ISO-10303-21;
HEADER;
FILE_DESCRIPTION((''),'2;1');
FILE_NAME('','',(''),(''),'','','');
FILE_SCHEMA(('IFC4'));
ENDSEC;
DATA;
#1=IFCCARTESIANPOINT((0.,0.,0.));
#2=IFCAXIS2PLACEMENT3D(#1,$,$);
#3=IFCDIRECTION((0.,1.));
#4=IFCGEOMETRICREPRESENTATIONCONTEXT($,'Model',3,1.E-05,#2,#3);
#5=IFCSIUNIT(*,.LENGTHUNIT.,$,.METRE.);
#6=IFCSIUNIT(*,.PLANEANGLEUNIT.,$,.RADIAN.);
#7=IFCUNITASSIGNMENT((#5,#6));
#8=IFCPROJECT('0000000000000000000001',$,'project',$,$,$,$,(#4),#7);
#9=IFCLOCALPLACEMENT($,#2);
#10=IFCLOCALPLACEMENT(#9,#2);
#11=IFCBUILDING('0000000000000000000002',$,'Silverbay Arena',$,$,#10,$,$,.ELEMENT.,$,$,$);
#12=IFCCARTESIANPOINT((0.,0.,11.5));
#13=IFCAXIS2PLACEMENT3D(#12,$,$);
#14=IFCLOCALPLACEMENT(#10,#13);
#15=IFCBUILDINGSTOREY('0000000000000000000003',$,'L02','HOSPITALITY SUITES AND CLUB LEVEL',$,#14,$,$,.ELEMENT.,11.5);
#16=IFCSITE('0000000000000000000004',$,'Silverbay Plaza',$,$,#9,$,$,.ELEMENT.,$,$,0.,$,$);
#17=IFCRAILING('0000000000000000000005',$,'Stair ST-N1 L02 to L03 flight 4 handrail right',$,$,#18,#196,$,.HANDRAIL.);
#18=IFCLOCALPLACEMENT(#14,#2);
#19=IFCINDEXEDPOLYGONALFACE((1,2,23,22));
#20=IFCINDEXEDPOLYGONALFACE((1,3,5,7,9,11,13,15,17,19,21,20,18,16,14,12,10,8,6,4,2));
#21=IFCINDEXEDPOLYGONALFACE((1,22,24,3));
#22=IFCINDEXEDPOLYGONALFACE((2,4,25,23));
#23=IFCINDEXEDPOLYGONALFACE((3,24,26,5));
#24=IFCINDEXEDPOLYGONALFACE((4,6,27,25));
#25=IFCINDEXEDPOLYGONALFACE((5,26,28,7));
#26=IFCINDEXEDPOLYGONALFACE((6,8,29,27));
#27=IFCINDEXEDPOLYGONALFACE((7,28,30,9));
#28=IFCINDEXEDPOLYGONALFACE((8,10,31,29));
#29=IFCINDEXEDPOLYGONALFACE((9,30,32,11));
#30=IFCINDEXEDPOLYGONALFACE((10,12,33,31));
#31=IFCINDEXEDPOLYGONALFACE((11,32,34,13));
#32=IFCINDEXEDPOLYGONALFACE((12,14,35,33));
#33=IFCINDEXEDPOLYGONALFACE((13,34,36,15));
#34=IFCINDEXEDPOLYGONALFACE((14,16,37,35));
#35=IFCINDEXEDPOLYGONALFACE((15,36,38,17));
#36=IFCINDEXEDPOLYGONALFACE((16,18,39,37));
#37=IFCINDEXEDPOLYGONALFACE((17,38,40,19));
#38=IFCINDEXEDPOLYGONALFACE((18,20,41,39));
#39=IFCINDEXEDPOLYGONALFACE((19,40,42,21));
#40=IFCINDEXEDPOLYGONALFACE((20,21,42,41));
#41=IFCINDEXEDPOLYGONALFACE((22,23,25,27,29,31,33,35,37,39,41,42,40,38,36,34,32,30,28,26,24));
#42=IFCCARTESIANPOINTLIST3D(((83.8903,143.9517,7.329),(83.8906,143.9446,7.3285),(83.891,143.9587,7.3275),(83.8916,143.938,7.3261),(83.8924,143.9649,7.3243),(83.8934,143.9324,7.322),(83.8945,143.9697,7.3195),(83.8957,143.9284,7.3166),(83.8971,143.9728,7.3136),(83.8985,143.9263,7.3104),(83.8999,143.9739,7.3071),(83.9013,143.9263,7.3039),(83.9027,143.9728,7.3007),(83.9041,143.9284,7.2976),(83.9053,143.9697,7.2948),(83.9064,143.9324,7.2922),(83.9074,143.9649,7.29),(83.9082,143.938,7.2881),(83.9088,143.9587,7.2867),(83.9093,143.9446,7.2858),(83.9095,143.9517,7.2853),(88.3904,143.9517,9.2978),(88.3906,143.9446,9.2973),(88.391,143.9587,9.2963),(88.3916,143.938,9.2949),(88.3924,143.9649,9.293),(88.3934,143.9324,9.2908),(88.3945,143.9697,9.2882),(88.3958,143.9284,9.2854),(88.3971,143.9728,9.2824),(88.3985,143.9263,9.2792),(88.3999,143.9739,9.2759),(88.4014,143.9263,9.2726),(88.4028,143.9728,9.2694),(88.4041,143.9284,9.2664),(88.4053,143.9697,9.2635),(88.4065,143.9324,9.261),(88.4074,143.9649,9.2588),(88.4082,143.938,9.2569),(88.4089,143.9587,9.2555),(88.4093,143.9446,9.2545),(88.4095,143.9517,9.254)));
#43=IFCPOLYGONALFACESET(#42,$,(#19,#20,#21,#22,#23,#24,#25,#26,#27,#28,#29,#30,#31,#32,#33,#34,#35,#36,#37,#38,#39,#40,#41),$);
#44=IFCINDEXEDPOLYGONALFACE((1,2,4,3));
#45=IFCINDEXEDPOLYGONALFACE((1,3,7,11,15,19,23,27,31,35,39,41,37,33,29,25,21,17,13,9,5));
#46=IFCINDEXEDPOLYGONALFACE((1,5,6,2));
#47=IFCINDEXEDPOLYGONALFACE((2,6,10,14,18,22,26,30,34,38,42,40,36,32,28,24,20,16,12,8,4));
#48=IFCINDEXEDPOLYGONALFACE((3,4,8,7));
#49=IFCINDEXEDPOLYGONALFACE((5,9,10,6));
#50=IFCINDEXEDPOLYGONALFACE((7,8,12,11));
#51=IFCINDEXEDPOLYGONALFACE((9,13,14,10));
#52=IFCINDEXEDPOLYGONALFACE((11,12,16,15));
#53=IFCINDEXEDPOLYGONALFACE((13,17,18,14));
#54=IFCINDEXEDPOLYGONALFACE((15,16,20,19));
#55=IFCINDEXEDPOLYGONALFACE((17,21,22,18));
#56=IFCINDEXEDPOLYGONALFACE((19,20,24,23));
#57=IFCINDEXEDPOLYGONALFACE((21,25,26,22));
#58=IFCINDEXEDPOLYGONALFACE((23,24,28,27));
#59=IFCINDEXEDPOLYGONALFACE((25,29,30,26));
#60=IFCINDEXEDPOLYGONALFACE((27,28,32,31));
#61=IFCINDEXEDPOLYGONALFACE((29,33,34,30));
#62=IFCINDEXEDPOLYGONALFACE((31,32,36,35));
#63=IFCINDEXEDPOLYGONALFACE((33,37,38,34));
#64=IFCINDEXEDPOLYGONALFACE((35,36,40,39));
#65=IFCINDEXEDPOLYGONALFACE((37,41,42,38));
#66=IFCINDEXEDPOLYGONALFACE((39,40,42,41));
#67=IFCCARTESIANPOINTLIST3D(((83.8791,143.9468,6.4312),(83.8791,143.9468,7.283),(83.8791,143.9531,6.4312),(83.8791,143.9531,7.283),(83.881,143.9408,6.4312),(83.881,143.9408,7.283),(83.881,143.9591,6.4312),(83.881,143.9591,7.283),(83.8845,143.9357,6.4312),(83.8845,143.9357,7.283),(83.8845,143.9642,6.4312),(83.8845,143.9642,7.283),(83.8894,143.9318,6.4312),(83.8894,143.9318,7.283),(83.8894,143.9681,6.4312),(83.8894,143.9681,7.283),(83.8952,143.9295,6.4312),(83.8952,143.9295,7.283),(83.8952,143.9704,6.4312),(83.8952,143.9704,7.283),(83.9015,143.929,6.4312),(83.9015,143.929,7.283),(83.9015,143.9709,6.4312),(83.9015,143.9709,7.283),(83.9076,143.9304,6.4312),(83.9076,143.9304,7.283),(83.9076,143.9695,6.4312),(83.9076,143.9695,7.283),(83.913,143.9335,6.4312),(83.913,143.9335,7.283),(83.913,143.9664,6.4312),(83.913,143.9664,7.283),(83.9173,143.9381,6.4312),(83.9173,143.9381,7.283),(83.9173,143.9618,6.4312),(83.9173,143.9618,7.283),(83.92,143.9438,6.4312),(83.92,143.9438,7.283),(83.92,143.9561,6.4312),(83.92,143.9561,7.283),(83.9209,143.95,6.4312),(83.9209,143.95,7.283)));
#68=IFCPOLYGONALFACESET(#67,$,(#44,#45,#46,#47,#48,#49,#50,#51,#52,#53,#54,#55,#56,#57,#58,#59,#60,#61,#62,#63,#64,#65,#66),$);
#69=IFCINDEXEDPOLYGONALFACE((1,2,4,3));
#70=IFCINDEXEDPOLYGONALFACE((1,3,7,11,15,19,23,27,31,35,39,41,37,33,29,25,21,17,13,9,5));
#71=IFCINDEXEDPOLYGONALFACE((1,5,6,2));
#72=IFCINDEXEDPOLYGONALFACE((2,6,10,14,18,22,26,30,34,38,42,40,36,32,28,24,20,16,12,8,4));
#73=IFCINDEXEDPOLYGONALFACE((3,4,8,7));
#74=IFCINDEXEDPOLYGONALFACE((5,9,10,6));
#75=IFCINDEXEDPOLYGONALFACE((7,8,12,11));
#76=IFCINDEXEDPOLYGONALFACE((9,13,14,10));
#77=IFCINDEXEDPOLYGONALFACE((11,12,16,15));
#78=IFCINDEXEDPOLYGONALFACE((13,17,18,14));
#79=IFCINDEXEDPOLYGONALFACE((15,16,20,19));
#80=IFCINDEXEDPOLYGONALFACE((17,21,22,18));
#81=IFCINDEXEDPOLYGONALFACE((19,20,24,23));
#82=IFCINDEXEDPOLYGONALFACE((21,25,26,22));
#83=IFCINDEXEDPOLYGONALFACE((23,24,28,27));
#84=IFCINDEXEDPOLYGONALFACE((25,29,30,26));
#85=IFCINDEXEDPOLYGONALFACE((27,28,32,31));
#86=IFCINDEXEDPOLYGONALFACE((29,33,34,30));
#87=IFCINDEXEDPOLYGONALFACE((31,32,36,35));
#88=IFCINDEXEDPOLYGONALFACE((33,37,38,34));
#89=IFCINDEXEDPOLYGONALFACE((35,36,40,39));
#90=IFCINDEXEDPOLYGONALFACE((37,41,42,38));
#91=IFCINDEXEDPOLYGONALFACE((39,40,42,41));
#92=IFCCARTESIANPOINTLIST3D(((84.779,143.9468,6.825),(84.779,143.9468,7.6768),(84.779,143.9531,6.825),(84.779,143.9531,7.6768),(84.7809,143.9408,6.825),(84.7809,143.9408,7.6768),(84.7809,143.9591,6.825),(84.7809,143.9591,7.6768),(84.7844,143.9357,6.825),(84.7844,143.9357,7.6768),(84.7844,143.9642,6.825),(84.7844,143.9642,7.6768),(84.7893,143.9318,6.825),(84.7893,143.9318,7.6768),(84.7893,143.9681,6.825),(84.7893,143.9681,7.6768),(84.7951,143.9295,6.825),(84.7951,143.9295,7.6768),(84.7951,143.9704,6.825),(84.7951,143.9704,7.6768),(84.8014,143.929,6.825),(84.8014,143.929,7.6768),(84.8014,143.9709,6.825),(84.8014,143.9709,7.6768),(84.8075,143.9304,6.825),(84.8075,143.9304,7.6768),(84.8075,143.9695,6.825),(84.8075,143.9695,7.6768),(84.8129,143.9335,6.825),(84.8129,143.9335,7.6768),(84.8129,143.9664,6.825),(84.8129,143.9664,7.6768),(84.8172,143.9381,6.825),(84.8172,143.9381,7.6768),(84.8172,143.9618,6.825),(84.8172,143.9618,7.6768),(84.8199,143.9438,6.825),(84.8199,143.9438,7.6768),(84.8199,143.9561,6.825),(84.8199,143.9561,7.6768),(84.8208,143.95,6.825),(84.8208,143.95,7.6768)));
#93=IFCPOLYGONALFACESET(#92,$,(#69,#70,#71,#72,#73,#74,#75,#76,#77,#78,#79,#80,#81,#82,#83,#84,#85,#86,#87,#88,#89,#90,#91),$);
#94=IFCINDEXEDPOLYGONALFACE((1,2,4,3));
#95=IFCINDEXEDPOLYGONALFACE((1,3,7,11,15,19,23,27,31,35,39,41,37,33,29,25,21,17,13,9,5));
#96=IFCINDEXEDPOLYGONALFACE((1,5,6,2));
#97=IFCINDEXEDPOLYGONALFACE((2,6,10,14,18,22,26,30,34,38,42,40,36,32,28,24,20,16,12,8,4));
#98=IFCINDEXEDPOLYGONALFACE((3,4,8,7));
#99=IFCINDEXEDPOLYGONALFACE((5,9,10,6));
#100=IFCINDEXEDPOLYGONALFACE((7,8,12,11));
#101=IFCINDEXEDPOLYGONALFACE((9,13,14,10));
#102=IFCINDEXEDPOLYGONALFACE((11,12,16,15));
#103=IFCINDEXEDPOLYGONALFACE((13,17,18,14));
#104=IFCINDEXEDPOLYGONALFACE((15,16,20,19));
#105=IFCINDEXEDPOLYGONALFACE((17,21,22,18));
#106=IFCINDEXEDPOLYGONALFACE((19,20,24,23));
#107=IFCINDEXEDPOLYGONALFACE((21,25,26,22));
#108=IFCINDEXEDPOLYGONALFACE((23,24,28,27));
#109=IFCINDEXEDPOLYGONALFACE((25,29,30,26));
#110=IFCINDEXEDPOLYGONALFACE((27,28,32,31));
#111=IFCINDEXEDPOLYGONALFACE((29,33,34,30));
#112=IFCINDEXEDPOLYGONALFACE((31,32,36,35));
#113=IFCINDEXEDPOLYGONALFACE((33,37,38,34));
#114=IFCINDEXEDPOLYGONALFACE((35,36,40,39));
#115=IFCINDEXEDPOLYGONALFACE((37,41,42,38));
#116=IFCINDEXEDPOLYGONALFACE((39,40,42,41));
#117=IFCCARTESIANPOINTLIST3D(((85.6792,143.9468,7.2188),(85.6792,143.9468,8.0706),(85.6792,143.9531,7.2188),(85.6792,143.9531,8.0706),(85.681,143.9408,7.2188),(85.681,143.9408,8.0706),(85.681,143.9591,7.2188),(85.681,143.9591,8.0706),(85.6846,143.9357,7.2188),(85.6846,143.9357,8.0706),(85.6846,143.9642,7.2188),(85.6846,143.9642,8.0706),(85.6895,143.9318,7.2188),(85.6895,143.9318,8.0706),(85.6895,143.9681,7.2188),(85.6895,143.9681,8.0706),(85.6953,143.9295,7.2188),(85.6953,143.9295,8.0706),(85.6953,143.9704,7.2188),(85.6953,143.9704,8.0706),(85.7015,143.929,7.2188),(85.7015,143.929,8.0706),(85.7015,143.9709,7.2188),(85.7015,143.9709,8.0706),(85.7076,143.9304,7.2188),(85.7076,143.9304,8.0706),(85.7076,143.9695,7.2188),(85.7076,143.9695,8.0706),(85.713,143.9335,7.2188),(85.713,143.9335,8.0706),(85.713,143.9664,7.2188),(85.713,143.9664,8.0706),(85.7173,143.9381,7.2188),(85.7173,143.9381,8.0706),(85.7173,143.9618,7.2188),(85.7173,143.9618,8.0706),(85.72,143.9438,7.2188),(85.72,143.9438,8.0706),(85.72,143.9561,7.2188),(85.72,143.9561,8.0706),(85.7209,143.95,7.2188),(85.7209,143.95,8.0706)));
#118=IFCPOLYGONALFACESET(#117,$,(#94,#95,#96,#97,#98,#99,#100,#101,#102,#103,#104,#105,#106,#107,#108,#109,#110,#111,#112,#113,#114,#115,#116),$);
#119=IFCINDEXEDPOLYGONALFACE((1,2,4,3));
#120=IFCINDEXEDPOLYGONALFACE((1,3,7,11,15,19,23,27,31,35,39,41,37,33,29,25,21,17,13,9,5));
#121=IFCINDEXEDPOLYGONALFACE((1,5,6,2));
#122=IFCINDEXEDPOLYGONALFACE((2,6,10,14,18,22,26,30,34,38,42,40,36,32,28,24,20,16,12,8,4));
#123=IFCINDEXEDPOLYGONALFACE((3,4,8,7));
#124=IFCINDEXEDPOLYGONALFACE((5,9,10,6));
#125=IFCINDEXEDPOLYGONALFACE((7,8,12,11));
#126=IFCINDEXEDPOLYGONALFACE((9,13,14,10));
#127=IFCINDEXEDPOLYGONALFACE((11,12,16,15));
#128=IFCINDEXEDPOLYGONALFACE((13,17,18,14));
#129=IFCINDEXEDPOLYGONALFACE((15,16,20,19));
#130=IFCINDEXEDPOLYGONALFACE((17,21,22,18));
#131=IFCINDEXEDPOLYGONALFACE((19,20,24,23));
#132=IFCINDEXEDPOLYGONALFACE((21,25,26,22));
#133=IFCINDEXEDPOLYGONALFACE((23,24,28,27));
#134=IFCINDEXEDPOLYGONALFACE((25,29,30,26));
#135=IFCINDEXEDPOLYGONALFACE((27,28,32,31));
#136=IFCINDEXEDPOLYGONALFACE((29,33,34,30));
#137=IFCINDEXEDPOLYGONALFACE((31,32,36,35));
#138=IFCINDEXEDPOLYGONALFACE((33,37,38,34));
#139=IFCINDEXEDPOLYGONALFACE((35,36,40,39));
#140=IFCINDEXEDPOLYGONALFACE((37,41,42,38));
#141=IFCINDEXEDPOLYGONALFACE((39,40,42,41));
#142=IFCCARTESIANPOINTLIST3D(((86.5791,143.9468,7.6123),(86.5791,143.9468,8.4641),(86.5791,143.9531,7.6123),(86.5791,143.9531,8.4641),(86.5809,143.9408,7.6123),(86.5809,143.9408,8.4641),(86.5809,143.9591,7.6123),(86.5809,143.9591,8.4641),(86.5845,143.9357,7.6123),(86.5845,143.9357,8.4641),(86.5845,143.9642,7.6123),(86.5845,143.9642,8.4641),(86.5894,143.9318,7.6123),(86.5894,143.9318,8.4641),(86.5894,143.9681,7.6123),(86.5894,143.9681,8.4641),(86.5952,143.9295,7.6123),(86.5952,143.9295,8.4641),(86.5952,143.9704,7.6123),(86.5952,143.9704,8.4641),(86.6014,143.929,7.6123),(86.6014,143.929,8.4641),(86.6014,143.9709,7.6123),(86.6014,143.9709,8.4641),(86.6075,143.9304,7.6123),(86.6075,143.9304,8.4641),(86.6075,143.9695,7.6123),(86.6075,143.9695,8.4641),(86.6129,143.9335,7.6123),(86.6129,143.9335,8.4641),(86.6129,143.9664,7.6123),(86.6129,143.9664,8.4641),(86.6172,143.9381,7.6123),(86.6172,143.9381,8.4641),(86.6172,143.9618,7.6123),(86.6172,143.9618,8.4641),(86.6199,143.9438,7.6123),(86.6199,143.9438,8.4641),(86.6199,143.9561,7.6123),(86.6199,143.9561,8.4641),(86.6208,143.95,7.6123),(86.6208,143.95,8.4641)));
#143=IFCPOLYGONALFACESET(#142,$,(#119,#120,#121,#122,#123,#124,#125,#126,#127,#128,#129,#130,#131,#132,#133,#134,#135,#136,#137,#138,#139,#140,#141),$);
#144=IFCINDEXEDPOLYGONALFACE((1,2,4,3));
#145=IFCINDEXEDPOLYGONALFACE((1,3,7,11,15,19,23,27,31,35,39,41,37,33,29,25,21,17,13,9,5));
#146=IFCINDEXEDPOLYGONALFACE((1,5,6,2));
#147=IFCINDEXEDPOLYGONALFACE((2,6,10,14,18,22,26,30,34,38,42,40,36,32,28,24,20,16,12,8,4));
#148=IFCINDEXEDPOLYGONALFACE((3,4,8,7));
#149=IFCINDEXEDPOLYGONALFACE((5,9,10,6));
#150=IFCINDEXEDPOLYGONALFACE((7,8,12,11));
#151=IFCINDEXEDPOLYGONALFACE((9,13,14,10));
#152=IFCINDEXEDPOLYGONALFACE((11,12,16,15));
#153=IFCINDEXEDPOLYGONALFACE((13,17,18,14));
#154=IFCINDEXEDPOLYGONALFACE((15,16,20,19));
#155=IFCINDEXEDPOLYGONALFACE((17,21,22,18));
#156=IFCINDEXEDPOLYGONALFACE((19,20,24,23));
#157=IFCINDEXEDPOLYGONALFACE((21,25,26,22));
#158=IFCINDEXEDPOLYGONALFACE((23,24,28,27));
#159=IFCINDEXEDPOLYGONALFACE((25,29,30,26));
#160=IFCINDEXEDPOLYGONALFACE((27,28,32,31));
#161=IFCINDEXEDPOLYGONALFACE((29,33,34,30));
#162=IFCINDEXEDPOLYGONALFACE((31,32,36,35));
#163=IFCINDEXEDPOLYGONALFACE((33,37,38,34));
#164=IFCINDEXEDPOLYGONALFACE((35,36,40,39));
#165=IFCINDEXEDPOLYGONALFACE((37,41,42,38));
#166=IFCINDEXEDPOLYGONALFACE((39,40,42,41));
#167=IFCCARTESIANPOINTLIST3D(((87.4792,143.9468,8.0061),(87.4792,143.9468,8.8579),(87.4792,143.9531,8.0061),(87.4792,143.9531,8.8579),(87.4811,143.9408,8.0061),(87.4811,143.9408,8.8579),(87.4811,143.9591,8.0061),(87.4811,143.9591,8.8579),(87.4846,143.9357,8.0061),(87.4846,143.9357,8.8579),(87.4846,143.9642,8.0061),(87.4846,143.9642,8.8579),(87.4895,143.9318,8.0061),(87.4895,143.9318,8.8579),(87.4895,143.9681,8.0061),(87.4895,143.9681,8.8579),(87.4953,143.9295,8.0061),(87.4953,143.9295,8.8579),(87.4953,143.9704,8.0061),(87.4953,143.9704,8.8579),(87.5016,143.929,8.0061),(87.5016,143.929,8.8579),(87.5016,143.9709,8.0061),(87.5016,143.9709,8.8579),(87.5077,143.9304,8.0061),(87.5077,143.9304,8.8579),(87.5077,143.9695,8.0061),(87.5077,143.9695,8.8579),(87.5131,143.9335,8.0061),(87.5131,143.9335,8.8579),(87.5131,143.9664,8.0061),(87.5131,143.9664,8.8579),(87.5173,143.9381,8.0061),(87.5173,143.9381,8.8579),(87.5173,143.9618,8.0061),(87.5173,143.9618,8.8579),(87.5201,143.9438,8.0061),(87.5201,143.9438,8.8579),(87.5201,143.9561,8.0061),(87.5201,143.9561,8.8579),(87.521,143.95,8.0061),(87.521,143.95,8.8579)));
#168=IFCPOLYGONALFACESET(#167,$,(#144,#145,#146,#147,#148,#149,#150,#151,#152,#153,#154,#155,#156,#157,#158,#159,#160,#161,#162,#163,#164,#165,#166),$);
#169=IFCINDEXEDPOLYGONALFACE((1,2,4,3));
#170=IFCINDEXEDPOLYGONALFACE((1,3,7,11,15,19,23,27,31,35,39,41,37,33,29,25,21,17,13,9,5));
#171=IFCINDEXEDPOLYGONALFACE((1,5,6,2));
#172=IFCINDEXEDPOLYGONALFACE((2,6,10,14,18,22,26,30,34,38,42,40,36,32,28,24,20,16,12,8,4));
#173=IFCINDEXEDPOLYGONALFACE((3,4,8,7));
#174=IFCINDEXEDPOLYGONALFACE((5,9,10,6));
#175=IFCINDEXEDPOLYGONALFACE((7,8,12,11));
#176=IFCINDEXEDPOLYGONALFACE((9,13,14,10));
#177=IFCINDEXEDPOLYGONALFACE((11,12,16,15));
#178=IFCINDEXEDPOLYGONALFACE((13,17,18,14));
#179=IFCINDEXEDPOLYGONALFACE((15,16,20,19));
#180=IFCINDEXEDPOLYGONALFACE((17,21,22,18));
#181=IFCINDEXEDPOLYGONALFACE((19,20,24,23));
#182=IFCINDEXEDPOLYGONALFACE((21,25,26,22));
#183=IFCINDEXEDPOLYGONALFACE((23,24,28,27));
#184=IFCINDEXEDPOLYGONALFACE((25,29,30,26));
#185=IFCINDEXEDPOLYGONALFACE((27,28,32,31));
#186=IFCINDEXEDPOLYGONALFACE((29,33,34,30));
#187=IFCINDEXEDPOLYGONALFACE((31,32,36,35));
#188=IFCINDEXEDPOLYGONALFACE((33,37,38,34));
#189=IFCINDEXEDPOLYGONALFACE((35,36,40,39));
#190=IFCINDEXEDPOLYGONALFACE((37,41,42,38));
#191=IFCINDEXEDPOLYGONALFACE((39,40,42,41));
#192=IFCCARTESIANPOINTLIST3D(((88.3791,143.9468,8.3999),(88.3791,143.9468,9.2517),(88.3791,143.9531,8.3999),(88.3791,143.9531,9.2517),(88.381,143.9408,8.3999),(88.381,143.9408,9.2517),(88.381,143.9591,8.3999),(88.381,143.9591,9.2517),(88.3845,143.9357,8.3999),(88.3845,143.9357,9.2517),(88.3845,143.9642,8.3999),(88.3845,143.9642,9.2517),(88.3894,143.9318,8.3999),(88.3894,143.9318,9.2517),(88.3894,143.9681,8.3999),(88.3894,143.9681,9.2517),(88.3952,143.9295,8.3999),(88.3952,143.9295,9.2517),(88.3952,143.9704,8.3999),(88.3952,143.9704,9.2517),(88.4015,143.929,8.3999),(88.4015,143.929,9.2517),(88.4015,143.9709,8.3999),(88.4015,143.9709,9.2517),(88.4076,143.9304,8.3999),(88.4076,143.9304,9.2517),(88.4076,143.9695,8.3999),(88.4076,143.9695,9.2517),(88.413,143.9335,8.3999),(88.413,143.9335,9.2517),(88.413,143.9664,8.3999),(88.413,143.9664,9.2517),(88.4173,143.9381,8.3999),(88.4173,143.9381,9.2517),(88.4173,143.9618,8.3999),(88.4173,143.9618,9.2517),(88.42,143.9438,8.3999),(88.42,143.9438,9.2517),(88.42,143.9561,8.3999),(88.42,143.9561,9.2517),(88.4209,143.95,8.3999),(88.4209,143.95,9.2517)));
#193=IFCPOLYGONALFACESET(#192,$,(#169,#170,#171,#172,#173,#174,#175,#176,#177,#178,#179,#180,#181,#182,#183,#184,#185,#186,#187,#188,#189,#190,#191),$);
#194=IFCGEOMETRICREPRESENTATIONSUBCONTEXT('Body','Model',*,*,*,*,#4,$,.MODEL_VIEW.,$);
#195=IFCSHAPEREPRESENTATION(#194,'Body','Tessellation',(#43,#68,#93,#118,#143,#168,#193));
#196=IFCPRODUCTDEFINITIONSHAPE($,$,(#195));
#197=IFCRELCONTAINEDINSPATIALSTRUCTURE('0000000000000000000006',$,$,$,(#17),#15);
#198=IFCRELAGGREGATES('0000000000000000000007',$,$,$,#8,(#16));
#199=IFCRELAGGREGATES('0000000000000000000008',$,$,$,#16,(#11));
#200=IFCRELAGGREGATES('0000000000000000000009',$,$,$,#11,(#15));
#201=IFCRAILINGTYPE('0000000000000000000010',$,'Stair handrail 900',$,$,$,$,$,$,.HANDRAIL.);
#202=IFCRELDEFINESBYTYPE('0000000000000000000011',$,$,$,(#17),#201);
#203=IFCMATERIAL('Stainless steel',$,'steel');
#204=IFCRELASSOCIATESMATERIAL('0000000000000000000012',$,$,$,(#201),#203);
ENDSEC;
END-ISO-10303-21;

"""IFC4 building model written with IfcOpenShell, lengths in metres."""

from ifc_helpers import new_model, si_unit, direction, frame, origin, origin_2d, place, context, subcontext, project, spatial, circle, extrude, material, type_object, element, save


model = new_model("IFC4")

# Units and contexts
model_context = context("Model", 3, precision=1e-05, world=origin(), true_north=direction((0.0, 1.0)))
body_context = subcontext(model_context, "Body", "Model", "MODEL_VIEW")
ifc_project = project(units=[si_unit("LENGTHUNIT", "METRE"), si_unit("PLANEANGLEUNIT", "RADIAN")], contexts=[model_context])

# Site, building, storey
site_placement = place(None, origin())
site = spatial("IfcSite", under=ifc_project, at=site_placement, Name="Silverbay Plaza", CompositionType="ELEMENT", RefElevation=0.0)
building_placement = place(site_placement, origin())
building = spatial("IfcBuilding", under=site, at=building_placement, Name="Silverbay Arena", CompositionType="ELEMENT")
storey_placement = place(building_placement, frame((0.0, 0.0, 11.5)))
storey = spatial("IfcBuildingStorey", under=building, at=storey_placement, Name="L02", Description="HOSPITALITY SUITES AND CLUB LEVEL", CompositionType="ELEMENT", Elevation=11.5)

# Railing
ifc_material_1 = material(Name="Stainless steel", Category="steel")
railing_type_1 = type_object("IfcRailingType", Name="Stair handrail 900", PredefinedType="HANDRAIL", material=ifc_material_1)
for number, where, name in (
    (1, (83.8999, 143.95, 6.4312), "Stair ST-N1 L02 to L03 flight 4 handrail right"),
):
    element("IfcRailing", number, at=place(storey_placement, frame(where)), inside=storey, type_object=railing_type_1, Name=name, PredefinedType="HANDRAIL", context=body_context, shape_type="SweptSolid", body=[
        extrude(circle(Radius=0.0239, at=origin_2d()), frame((0.0, 0.0, 0.876), z_axis=(0.916157, 0.0, 0.400819), x_axis=(0.0, 1.0, 0.0)), (0.0, 0.0, 1.0), 4.9119),
        extrude(circle(Radius=0.021, at=origin_2d()), origin(), (0.0, 0.0, 1.0), 0.8518),
        extrude(circle(Radius=0.021, at=origin_2d()), frame((0.8999, 0.0, 0.3938)), (0.0, 0.0, 1.0), 0.8518),
        extrude(circle(Radius=0.021, at=origin_2d()), frame((1.8, 0.0, 0.7876)), (0.0, 0.0, 1.0), 0.8518),
        extrude(circle(Radius=0.021, at=origin_2d()), frame((2.7, 0.0, 1.1812)), (0.0, 0.0, 1.0), 0.8518),
        extrude(circle(Radius=0.021, at=origin_2d()), frame((3.6001, 0.0, 1.575)), (0.0, 0.0, 1.0), 0.8518),
        extrude(circle(Radius=0.021, at=origin_2d()), frame((4.5, 0.0, 1.9688)), (0.0, 0.0, 1.0), 0.8518),
    ])

save(model, "model.ifc")
